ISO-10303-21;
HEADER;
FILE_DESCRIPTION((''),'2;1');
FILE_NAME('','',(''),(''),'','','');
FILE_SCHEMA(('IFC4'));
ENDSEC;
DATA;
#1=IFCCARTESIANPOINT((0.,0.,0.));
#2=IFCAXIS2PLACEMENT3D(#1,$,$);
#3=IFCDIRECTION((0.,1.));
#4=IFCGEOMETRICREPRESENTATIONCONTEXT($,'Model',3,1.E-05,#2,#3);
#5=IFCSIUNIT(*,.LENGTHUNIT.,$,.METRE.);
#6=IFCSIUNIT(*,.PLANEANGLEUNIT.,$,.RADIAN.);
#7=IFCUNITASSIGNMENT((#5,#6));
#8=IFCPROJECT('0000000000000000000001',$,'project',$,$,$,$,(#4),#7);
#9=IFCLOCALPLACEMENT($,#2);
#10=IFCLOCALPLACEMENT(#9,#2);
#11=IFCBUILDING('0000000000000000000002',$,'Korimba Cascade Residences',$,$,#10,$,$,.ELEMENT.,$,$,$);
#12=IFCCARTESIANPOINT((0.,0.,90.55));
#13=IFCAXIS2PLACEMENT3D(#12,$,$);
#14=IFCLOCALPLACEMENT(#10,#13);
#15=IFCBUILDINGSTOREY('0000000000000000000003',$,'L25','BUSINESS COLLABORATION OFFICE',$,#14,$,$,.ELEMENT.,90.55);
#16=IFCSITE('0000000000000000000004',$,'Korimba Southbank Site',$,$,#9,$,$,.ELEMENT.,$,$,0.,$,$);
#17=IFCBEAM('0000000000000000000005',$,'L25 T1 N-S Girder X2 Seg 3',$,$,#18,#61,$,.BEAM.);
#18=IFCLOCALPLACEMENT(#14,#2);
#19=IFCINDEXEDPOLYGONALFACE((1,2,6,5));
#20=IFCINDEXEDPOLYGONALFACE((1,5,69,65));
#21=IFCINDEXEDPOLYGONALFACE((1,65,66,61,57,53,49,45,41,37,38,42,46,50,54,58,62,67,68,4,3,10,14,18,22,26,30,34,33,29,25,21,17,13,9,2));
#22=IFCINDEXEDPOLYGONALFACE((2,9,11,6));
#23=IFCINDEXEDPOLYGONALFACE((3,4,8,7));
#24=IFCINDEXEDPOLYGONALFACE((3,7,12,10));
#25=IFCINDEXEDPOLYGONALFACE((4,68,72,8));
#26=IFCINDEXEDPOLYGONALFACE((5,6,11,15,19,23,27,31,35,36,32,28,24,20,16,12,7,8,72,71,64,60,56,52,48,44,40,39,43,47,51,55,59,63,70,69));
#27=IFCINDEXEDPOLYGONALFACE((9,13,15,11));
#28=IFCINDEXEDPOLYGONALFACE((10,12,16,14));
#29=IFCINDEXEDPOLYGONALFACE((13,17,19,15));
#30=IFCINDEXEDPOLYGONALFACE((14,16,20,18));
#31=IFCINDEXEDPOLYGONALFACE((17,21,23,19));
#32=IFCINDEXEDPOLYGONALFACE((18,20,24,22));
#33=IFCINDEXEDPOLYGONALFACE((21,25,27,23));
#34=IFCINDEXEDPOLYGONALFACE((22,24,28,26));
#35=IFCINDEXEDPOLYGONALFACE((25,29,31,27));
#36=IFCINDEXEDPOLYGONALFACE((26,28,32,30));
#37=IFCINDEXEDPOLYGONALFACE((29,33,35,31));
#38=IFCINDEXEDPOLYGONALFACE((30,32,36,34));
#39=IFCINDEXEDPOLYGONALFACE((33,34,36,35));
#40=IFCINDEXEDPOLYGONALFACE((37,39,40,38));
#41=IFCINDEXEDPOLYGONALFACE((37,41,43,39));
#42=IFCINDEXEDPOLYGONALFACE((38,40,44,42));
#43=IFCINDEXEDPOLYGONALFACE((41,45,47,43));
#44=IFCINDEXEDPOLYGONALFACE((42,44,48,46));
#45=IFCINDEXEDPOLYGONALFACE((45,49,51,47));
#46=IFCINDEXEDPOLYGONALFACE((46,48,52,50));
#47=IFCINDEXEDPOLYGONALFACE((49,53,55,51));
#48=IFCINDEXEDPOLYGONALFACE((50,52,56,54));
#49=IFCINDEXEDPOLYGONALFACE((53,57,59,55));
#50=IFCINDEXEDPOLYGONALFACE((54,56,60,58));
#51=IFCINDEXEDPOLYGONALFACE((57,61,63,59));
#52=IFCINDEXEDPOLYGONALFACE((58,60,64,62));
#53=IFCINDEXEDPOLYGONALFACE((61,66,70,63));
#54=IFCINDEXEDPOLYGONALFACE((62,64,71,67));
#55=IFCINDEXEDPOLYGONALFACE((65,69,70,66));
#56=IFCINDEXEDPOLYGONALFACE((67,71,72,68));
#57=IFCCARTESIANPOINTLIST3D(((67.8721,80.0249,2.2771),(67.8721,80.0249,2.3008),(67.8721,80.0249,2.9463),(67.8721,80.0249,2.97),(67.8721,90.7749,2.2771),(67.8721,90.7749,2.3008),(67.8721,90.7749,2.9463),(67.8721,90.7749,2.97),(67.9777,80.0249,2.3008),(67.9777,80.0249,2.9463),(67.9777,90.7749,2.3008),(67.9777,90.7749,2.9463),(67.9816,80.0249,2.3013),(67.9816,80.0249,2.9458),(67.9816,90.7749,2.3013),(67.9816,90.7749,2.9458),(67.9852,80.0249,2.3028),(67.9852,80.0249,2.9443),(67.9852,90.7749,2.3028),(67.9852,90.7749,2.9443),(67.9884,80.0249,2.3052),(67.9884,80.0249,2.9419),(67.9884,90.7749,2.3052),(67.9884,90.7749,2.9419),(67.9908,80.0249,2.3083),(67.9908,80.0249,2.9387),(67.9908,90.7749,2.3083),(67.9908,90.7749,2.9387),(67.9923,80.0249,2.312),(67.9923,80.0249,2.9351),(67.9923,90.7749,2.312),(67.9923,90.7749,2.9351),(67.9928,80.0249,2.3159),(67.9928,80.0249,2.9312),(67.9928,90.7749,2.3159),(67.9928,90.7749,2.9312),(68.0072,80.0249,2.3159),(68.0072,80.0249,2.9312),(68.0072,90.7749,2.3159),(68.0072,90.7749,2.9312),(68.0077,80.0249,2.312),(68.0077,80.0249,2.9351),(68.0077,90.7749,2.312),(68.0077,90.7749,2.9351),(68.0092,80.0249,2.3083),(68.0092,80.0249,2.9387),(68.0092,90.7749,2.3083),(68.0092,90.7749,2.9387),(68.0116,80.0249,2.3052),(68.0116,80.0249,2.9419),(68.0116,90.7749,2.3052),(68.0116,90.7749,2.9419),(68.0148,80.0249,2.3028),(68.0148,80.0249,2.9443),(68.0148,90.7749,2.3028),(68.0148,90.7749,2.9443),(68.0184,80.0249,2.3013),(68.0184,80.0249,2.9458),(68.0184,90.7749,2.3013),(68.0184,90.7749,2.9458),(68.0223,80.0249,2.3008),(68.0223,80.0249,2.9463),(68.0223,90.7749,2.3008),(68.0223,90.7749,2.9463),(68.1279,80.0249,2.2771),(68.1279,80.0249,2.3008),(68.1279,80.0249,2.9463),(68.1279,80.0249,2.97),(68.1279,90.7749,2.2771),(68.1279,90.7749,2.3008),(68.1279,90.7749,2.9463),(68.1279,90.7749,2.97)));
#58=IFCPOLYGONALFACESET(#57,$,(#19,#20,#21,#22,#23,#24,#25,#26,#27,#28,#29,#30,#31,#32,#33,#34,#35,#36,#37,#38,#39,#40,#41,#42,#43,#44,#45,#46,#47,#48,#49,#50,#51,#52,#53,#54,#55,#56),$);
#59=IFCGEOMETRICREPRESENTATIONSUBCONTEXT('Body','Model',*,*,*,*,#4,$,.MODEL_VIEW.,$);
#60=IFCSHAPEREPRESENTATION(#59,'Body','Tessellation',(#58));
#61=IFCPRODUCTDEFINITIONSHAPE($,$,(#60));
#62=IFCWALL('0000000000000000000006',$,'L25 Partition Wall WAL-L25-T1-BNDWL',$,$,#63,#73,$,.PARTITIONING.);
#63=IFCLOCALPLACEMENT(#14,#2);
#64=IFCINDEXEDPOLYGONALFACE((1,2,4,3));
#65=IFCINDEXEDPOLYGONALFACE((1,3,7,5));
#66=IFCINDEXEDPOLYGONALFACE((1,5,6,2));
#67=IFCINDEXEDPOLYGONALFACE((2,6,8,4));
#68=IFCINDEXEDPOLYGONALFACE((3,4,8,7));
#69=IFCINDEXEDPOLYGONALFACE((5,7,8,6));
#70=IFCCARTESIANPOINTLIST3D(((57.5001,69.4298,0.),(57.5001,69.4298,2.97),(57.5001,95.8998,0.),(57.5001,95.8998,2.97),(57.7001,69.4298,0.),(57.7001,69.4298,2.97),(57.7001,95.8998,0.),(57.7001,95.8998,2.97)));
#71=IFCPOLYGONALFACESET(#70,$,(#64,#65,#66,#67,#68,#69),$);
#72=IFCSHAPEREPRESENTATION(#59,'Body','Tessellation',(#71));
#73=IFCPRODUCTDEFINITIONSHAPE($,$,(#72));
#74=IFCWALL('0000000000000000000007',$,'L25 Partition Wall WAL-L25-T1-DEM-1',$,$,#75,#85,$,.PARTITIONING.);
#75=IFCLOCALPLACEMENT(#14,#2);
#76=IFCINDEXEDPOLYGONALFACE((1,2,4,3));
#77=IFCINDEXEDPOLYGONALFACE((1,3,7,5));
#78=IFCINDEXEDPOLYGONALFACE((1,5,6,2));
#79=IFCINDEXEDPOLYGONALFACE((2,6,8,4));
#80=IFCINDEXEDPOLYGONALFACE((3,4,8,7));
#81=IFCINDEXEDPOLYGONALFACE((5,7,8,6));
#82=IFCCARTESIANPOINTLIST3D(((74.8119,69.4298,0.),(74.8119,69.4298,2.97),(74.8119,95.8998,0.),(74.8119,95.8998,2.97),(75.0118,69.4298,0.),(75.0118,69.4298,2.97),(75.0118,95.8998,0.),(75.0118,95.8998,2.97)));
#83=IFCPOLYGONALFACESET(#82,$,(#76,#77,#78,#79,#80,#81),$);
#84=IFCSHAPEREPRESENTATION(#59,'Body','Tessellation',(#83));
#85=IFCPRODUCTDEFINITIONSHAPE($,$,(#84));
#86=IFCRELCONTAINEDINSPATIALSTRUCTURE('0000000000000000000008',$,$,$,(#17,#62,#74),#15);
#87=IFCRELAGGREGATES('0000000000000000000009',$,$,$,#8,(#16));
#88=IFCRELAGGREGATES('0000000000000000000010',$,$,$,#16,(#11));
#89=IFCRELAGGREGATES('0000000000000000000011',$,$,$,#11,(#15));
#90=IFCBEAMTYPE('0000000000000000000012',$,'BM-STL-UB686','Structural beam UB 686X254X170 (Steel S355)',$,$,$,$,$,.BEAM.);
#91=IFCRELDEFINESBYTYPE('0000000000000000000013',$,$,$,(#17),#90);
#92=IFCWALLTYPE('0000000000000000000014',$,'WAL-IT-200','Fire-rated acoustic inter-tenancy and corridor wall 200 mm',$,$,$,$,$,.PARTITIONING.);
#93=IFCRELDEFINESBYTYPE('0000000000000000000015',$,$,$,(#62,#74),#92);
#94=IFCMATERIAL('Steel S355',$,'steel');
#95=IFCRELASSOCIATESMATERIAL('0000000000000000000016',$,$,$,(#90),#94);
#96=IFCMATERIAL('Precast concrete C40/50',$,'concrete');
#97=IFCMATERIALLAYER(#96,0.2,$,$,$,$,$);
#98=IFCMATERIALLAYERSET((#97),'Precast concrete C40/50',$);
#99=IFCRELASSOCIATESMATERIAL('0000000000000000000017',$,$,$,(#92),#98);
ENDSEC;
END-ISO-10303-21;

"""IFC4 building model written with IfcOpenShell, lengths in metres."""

from ifc_helpers import new_model, si_unit, direction, frame, frame_2d, origin, origin_2d, place, context, subcontext, project, spatial, rectangle, i_section, extrude, material, layer, layer_set, material_profile, profile_set, type_object, element, save


model = new_model("IFC4")

# Units and contexts
model_context = context("Model", 3, precision=1e-05, world=origin(), true_north=direction((0.0, 1.0)))
body_context = subcontext(model_context, "Body", "Model", "MODEL_VIEW")
ifc_project = project(units=[si_unit("LENGTHUNIT", "METRE"), si_unit("PLANEANGLEUNIT", "RADIAN")], contexts=[model_context])

# Site, building, storey
site_placement = place(None, origin())
site = spatial("IfcSite", under=ifc_project, at=site_placement, Name="Korimba Southbank Site", CompositionType="ELEMENT", RefElevation=0.0)
building_placement = place(site_placement, origin())
building = spatial("IfcBuilding", under=site, at=building_placement, Name="Korimba Cascade Residences", CompositionType="ELEMENT")
storey_placement = place(building_placement, frame((0.0, 0.0, 90.55)))
storey = spatial("IfcBuildingStorey", under=building, at=storey_placement, Name="L25", Description="BUSINESS COLLABORATION OFFICE", CompositionType="ELEMENT", Elevation=90.55)

# Beam
ifc_material_1 = material(Name="Steel S355", Category="steel")
ifc_material_profile_1 = material_profile(ifc_material_1, i_section(OverallWidth=0.2559, OverallDepth=0.6929, WebThickness=0.0144, FlangeThickness=0.0237, FilletRadius=0.0151, at=origin_2d()), Name="Steel S355")
ifc_profile_set_1 = profile_set([ifc_material_profile_1], Name="Steel S355")
beam_type_1 = type_object("IfcBeamType", Name="BM-STL-UB686", Description="Structural beam UB 686X254X170 (Steel S355)", PredefinedType="BEAM", material=ifc_profile_set_1)
beam_1_placement = place(storey_placement, frame((68.0, 80.0249, 2.6235), z_axis=(0.0, 1.0, 0.0), x_axis=(-1.0, 0.0, 0.0)))
element("IfcBeam", 1, at=beam_1_placement, inside=storey, type_object=beam_type_1, Name="L25 T1 N-S Girder X2 Seg 3", PredefinedType="BEAM", context=body_context, shape_type="SweptSolid", body=[
    extrude(i_section(OverallWidth=0.2559, OverallDepth=0.6929, WebThickness=0.0144, FlangeThickness=0.0237, FilletRadius=0.0151, at=origin_2d()), origin(), (0.0, 0.0, 1.0), 10.75),
])

# Walls
ifc_material_2 = material(Name="Precast concrete C40/50", Category="concrete")
ifc_layer_1 = layer(ifc_material_2, 0.2)
ifc_layer_set_1 = layer_set([ifc_layer_1], Name="Precast concrete C40/50")
wall_type_1 = type_object("IfcWallType", Name="WAL-IT-200", Description="Fire-rated acoustic inter-tenancy and corridor wall 200 mm", PredefinedType="PARTITIONING", material=ifc_layer_set_1)
for number, where, z_axis, x_axis, name in (
    (2, (57.6001, 69.4299, 0.0), (0.0, 0.0, 1.0), (0.0, 1.0, 0.0), "L25 Partition Wall WAL-L25-T1-BNDWL"),
    (3, (74.9119, 69.4299, 0.0), (0.0, 0.0, 1.0), (0.0, 1.0, 0.0), "L25 Partition Wall WAL-L25-T1-DEM-1"),
):
    element("IfcWall", number, at=place(storey_placement, frame(where, z_axis=z_axis, x_axis=x_axis)), inside=storey, type_object=wall_type_1, Name=name, PredefinedType="PARTITIONING", context=body_context, shape_type="SweptSolid", body=[
        extrude(rectangle(XDim=26.47, YDim=0.2, at=frame_2d((13.2349, 0.0))), origin(), (0.0, 0.0, 1.0), 2.97),
    ])

save(model, "model.ifc")
